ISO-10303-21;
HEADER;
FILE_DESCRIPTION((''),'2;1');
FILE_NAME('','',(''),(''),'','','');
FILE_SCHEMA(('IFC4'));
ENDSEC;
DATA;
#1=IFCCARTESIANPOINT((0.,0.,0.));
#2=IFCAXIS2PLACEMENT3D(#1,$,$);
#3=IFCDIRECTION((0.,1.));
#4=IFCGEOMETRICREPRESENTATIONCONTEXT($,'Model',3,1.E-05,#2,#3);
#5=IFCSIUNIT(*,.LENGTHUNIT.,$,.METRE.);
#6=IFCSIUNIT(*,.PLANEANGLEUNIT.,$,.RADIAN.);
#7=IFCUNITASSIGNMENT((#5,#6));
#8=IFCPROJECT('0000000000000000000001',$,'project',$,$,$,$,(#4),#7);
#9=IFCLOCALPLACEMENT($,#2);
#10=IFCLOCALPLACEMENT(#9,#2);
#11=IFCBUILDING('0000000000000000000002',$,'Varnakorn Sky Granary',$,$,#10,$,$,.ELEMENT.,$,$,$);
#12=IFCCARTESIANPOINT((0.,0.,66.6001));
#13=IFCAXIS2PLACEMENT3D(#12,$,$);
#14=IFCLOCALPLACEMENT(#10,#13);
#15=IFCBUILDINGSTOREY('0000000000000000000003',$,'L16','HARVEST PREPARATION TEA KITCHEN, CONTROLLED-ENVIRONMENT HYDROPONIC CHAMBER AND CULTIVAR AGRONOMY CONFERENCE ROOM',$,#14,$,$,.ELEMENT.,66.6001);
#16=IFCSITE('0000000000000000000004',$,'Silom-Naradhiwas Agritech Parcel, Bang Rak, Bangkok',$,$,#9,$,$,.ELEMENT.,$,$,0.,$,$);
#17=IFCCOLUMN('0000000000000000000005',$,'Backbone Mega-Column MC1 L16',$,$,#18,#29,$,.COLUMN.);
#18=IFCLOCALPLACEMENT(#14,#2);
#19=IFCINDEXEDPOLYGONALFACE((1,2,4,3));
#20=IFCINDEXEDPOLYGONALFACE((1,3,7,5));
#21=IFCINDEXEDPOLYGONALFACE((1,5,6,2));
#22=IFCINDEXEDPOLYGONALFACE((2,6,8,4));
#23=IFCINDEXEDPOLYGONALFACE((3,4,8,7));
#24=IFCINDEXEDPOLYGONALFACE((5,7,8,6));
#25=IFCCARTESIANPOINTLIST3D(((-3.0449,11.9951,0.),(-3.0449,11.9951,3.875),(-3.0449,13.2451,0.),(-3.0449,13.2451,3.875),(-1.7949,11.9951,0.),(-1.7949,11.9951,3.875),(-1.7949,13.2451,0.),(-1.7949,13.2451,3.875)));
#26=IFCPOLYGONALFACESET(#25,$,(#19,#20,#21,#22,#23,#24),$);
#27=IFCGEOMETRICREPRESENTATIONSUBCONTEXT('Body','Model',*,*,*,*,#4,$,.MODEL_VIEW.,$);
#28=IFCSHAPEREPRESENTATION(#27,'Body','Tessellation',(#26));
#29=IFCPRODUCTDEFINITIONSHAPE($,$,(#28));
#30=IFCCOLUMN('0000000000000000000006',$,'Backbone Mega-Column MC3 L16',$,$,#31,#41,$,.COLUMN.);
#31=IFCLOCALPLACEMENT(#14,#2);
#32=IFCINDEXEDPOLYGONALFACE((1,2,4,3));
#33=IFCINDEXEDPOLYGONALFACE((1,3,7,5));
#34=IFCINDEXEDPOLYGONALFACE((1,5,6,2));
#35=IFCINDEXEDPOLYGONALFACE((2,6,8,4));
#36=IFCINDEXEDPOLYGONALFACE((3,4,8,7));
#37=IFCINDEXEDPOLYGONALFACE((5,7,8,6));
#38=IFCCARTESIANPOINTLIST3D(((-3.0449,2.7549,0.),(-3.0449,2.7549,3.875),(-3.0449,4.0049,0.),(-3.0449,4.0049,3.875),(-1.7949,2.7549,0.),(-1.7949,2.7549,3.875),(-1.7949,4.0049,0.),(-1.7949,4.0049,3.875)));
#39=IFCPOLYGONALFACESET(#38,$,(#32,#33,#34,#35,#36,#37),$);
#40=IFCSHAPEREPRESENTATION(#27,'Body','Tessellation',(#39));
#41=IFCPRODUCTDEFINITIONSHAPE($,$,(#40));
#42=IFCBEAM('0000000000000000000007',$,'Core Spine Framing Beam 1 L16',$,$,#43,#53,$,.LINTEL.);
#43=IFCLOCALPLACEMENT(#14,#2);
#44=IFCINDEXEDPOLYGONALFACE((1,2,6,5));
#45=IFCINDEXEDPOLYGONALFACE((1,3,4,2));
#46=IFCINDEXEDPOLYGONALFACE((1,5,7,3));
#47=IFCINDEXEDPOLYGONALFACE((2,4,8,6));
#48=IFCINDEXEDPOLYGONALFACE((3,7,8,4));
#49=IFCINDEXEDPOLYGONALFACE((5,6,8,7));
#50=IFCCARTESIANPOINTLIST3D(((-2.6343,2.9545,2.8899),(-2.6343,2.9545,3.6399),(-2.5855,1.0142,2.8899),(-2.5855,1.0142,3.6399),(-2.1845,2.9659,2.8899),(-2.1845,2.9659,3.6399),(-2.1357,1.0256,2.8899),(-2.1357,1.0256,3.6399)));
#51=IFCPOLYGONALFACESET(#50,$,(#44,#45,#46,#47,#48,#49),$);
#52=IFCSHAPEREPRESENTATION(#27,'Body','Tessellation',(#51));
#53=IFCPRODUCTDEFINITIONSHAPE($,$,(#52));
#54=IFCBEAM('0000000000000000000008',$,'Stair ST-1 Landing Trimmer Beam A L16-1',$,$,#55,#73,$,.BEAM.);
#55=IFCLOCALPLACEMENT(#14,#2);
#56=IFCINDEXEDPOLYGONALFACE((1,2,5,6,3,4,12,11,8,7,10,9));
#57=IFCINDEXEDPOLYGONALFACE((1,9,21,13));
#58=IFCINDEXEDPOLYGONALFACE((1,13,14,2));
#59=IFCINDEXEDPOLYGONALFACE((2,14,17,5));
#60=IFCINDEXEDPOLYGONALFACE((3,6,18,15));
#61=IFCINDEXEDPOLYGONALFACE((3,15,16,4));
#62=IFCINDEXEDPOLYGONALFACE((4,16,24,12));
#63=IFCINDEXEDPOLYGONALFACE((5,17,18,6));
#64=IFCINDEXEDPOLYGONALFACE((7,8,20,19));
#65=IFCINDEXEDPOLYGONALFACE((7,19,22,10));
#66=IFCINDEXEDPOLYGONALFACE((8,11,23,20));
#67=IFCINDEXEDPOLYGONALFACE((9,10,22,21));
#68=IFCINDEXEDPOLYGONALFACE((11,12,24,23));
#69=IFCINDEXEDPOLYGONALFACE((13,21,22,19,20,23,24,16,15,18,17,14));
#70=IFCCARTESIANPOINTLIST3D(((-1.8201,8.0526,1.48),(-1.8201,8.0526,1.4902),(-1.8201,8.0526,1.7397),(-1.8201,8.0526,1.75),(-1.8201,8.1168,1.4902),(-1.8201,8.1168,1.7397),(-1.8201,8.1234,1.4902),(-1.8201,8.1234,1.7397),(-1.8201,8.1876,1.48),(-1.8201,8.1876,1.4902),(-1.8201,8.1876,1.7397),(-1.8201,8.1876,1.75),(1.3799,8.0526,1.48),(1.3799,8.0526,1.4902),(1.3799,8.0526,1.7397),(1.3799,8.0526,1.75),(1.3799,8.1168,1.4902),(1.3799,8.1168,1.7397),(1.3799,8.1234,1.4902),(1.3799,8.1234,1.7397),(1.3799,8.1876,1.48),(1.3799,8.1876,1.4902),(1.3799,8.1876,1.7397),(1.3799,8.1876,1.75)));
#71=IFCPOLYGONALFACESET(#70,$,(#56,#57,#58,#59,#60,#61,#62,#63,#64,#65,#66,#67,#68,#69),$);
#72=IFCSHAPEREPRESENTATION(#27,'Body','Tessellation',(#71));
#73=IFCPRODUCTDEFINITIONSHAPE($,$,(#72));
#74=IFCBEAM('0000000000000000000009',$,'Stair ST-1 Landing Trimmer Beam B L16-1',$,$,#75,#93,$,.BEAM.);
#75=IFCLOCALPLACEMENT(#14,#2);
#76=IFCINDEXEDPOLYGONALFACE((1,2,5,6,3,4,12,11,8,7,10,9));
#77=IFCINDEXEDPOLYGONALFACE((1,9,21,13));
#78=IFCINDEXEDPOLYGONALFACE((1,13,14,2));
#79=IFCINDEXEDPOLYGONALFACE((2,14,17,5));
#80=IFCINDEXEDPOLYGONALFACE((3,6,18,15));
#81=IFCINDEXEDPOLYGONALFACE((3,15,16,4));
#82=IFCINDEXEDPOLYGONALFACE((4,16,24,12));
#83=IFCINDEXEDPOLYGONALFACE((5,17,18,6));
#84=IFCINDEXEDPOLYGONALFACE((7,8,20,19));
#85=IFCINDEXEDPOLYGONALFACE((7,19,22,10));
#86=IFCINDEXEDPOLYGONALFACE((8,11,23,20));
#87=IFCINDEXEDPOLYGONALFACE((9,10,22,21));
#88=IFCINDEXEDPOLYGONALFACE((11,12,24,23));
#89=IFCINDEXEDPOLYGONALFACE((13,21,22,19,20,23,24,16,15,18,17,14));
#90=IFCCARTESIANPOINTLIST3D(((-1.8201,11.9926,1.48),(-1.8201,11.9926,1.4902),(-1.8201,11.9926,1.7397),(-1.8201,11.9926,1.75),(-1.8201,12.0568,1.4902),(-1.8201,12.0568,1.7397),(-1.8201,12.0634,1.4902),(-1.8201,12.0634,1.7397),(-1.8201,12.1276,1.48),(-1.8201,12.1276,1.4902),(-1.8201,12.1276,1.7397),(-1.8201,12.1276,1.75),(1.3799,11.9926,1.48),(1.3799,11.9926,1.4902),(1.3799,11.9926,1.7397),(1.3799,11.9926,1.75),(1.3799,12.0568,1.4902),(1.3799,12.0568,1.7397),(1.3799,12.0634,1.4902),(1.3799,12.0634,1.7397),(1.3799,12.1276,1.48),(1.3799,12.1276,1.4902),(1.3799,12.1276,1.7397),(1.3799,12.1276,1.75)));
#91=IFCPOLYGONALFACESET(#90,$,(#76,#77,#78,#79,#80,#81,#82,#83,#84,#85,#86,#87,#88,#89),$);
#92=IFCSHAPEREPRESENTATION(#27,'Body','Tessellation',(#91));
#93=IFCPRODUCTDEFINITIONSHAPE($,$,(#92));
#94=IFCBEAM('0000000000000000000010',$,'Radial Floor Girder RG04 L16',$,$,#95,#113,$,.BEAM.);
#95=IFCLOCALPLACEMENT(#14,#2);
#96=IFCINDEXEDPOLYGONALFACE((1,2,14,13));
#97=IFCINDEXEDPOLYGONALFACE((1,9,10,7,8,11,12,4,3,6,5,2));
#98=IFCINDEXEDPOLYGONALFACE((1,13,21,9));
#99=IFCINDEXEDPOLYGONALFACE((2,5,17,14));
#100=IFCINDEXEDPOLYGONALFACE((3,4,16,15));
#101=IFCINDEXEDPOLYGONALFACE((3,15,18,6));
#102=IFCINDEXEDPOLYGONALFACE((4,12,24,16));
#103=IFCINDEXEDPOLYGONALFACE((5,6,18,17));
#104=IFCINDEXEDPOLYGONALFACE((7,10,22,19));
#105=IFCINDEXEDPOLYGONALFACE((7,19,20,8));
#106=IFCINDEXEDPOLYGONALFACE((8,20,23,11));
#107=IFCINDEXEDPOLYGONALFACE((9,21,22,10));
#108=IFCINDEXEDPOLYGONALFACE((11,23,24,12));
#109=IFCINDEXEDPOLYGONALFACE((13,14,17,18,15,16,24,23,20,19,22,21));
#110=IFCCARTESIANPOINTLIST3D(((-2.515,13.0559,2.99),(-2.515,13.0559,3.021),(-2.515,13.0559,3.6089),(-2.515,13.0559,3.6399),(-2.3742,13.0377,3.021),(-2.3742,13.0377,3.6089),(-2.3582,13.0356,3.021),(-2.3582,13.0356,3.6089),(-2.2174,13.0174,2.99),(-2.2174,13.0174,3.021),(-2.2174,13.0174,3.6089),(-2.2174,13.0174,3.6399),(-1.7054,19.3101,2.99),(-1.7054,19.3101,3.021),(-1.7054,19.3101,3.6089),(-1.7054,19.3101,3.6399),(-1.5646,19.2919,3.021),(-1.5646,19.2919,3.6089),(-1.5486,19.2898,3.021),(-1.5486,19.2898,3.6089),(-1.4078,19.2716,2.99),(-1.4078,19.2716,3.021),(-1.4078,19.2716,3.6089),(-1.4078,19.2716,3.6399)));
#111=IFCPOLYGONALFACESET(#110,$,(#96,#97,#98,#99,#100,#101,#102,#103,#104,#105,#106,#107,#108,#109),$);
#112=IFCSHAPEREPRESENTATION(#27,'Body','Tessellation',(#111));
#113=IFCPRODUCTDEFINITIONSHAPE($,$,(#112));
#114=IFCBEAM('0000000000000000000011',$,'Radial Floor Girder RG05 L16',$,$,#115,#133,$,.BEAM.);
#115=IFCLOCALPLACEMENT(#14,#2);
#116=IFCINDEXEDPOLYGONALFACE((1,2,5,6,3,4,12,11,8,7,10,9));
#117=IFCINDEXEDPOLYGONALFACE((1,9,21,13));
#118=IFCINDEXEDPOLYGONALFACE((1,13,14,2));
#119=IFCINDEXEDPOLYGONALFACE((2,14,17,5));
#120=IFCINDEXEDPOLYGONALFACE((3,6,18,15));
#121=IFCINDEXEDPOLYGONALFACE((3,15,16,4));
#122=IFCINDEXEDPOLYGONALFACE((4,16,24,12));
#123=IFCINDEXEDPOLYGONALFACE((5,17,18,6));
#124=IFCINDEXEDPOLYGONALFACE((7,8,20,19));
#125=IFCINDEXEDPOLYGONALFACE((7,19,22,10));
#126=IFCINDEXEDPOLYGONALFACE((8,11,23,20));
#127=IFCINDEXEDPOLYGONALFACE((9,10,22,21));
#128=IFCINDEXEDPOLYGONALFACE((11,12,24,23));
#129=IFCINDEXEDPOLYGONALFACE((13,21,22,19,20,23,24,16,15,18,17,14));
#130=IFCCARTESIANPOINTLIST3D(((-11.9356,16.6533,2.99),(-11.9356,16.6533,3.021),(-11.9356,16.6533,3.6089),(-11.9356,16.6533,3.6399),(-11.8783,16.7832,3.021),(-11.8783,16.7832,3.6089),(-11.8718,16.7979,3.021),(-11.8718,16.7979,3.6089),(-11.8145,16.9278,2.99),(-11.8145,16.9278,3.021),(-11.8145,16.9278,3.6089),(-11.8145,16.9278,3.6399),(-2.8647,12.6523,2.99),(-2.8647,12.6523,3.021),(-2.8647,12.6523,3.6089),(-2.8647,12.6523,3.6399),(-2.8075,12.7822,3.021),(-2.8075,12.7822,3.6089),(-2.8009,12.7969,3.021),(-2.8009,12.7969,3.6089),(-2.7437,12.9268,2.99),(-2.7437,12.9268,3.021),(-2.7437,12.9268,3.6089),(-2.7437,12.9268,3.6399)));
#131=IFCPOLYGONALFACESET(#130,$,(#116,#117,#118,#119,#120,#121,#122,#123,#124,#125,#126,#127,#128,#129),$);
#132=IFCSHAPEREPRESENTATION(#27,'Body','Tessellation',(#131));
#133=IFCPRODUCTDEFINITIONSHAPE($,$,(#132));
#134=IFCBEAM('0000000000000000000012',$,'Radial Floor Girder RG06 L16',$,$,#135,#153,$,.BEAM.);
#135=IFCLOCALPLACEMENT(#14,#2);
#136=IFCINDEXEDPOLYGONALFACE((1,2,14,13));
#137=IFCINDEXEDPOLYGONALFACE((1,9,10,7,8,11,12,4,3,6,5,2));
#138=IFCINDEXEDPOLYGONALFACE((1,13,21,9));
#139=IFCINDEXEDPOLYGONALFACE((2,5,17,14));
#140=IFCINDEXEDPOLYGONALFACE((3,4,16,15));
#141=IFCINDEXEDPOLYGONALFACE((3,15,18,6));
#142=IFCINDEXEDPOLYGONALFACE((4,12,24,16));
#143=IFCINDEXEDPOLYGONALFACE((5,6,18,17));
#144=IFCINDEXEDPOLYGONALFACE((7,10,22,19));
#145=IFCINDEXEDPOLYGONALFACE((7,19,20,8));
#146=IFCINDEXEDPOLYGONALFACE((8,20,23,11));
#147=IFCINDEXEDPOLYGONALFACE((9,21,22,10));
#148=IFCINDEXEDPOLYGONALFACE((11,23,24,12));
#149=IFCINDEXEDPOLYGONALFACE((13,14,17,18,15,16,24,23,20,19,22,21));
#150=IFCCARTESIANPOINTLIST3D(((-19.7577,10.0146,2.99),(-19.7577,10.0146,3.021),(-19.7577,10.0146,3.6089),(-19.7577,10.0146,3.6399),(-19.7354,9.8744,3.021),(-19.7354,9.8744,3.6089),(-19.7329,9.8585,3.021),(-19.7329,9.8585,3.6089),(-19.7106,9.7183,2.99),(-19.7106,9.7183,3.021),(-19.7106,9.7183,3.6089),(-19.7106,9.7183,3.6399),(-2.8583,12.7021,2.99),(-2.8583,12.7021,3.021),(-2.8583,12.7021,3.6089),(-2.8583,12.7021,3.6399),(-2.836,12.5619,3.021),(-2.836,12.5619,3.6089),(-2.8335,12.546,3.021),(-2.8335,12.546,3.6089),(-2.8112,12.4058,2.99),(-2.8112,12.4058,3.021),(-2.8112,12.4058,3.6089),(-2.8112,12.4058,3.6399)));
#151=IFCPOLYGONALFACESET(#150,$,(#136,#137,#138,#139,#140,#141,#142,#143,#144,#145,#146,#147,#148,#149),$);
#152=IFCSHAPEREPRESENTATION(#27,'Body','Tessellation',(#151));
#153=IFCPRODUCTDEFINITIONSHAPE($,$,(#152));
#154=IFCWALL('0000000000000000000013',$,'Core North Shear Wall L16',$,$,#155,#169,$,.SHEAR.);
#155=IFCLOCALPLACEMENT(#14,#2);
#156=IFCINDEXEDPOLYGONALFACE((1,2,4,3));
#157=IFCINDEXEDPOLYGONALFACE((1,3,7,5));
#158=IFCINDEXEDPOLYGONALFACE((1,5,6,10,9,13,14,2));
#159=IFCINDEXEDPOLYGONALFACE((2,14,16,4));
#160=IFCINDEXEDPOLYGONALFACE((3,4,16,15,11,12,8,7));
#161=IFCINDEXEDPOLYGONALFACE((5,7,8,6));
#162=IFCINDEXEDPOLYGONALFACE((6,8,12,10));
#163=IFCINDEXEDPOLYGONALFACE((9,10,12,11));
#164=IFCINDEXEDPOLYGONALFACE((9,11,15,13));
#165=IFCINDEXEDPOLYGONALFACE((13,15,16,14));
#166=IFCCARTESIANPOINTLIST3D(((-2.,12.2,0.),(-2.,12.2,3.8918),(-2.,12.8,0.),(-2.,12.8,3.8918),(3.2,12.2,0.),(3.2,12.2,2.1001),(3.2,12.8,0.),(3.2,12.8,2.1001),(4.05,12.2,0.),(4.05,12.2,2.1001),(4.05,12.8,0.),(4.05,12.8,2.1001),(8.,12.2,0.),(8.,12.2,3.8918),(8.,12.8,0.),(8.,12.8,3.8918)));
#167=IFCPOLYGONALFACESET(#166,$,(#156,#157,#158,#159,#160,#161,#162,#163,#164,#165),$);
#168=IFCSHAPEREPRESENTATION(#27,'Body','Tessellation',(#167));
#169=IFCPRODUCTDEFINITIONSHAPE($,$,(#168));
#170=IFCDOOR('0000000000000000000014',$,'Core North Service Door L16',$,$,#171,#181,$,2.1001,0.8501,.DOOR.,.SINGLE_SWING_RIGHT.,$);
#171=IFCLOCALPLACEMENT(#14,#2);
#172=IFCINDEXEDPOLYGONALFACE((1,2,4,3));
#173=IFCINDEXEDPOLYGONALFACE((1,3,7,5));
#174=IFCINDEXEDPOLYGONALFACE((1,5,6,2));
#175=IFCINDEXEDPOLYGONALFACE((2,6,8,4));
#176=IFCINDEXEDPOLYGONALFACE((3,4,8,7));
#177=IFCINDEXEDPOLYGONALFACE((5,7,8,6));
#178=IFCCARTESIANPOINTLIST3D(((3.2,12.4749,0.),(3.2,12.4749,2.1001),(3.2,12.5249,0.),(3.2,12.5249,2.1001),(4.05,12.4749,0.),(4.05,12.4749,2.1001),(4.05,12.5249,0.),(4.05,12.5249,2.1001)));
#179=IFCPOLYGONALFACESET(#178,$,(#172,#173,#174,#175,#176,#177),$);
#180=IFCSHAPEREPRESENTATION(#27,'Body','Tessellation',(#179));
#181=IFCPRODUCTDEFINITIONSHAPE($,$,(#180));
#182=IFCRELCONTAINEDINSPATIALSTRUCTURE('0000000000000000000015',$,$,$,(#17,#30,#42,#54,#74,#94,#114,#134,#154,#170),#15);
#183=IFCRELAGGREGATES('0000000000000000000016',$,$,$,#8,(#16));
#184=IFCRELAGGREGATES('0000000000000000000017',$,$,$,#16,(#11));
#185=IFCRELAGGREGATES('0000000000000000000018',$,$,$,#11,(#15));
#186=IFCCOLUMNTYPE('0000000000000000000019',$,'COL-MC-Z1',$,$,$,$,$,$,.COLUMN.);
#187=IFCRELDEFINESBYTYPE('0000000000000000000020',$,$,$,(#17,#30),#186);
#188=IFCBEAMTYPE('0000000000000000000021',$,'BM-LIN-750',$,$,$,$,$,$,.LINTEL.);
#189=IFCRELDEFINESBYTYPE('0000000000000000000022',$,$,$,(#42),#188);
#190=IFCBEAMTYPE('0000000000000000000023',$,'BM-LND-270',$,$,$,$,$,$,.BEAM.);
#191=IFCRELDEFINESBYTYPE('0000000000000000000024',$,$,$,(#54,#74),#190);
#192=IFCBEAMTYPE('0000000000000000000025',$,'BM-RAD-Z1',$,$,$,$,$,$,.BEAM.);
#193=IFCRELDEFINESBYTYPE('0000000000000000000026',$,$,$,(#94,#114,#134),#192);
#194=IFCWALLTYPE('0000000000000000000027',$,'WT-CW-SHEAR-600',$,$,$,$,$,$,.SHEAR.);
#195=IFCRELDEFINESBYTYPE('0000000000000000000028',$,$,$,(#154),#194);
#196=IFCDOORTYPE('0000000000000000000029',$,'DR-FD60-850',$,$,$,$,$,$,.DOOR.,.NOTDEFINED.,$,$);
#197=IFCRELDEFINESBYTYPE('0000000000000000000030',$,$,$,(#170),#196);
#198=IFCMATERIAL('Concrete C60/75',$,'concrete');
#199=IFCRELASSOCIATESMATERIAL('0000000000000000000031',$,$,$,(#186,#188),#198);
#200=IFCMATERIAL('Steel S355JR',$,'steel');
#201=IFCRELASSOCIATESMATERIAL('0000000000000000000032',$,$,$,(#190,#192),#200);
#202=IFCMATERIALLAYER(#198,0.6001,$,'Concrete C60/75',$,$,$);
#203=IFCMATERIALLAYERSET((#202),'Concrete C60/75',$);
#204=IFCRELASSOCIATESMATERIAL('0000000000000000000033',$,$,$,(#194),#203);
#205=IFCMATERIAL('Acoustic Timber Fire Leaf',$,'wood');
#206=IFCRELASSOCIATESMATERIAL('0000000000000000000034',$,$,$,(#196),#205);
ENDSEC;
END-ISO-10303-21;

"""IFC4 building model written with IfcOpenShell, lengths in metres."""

from ifc_helpers import new_model, si_unit, direction, frame, frame_2d, origin, origin_2d, place, context, subcontext, project, spatial, rectangle, i_section, extrude, material, layer, layer_set, material_profile, profile_set, type_object, element, fill, save


model = new_model("IFC4")

# Units and contexts
model_context = context("Model", 3, precision=1e-05, world=origin(), true_north=direction((0.0, 1.0)))
body_context = subcontext(model_context, "Body", "Model", "MODEL_VIEW")
ifc_project = project(units=[si_unit("LENGTHUNIT", "METRE"), si_unit("PLANEANGLEUNIT", "RADIAN")], contexts=[model_context])

# Site, building, storey
site_placement = place(None, origin())
site = spatial("IfcSite", under=ifc_project, at=site_placement, Name="Silom-Naradhiwas Agritech Parcel, Bang Rak, Bangkok", CompositionType="ELEMENT", RefElevation=0.0)
building_placement = place(site_placement, origin())
building = spatial("IfcBuilding", under=site, at=building_placement, Name="Varnakorn Sky Granary", CompositionType="ELEMENT")
storey_placement = place(building_placement, frame((0.0, 0.0, 66.6001)))
storey = spatial("IfcBuildingStorey", under=building, at=storey_placement, Name="L16", Description="HARVEST PREPARATION TEA KITCHEN, CONTROLLED-ENVIRONMENT HYDROPONIC CHAMBER AND CULTIVAR AGRONOMY CONFERENCE ROOM", CompositionType="ELEMENT", Elevation=66.6001)

# Columns
ifc_material_1 = material(Name="Concrete C60/75", Category="concrete")
ifc_material_profile_1 = material_profile(ifc_material_1, rectangle(XDim=1.25, YDim=1.25, at=origin_2d()), Name="RC 1250x1250")
ifc_profile_set_1 = profile_set([ifc_material_profile_1], Name="Concrete C60/75")
column_type = type_object("IfcColumnType", Name="COL-MC-Z1", PredefinedType="COLUMN", material=ifc_profile_set_1)
for number, where, z_axis, x_axis, name in (
    (1, (-2.4199, 12.6201, 0.0), (0.0, 0.0, 1.0), (1.0, 0.0, 0.0), "Backbone Mega-Column MC1 L16"),
    (2, (-2.4199, 3.3799, 0.0), (0.0, 0.0, 1.0), (1.0, 0.0, 0.0), "Backbone Mega-Column MC3 L16"),
):
    element("IfcColumn", number, at=place(storey_placement, frame(where, z_axis=z_axis, x_axis=x_axis)), inside=storey, type_object=column_type, Name=name, PredefinedType="COLUMN", context=body_context, shape_type="SweptSolid", body=[
        extrude(rectangle(XDim=1.25, YDim=1.25, at=origin_2d()), origin(), (0.0, 0.0, 1.0), 3.875),
    ])

# Beams
ifc_material_profile_2 = material_profile(ifc_material_1, rectangle(XDim=0.45, YDim=0.75, at=origin_2d()), Name="RC 450x750")
ifc_profile_set_2 = profile_set([ifc_material_profile_2], Name="Concrete C60/75")
beam_type_1 = type_object("IfcBeamType", Name="BM-LIN-750", PredefinedType="LINTEL", material=ifc_profile_set_2)
beam_1_placement = place(storey_placement, frame((-2.4094, 2.9602, 3.2649), z_axis=(0.025159, -0.999683, 0.0), x_axis=(0.999683, 0.025159, 0.0)))
element("IfcBeam", 3, at=beam_1_placement, inside=storey, type_object=beam_type_1, Name="Core Spine Framing Beam 1 L16", PredefinedType="LINTEL", context=body_context, shape_type="SweptSolid", body=[
    extrude(rectangle(XDim=0.45, YDim=0.75, at=origin_2d()), origin(), (0.0, 0.0, 1.0), 1.9409),
])
ifc_material_2 = material(Name="Steel S355JR", Category="steel")
ifc_material_profile_3 = material_profile(ifc_material_2, i_section(OverallWidth=0.135, OverallDepth=0.27, WebThickness=0.0066, FlangeThickness=0.0103, at=origin_2d()), Name="IPE 270")
ifc_profile_set_3 = profile_set([ifc_material_profile_3], Name="Steel S355JR")
beam_type_2 = type_object("IfcBeamType", Name="BM-LND-270", PredefinedType="BEAM", material=ifc_profile_set_3)
for number, where, z_axis, x_axis, name in (
    (4, (-1.8201, 8.1201, 1.615), (1.0, 0.0, 0.0), (0.0, 1.0, 0.0), "Stair ST-1 Landing Trimmer Beam A L16-1"),
    (5, (-1.8201, 12.0601, 1.615), (1.0, 0.0, 0.0), (0.0, 1.0, 0.0), "Stair ST-1 Landing Trimmer Beam B L16-1"),
):
    element("IfcBeam", number, at=place(storey_placement, frame(where, z_axis=z_axis, x_axis=x_axis)), inside=storey, type_object=beam_type_2, Name=name, PredefinedType="BEAM", context=body_context, shape_type="SweptSolid", body=[
        extrude(i_section(OverallWidth=0.135, OverallDepth=0.27, WebThickness=0.0066, FlangeThickness=0.0103, at=origin_2d()), origin(), (0.0, 0.0, 1.0), 3.2),
    ])
ifc_material_profile_4 = material_profile(ifc_material_2, i_section(OverallWidth=0.3, OverallDepth=0.6499, WebThickness=0.0161, FlangeThickness=0.031, at=origin_2d()), Name="HE 650 B")
ifc_profile_set_4 = profile_set([ifc_material_profile_4], Name="Steel S355JR")
beam_type_3 = type_object("IfcBeamType", Name="BM-RAD-Z1", PredefinedType="BEAM", material=ifc_profile_set_4)
beam_2_placement = place(storey_placement, frame((-2.3662, 13.0366, 3.3149), z_axis=(0.128374, 0.991726, 0.0), x_axis=(-0.991726, 0.128374, 0.0)))
element("IfcBeam", 6, at=beam_2_placement, inside=storey, type_object=beam_type_3, Name="Radial Floor Girder RG04 L16", PredefinedType="BEAM", context=body_context, shape_type="SweptSolid", body=[
    extrude(i_section(OverallWidth=0.3, OverallDepth=0.6499, WebThickness=0.0161, FlangeThickness=0.031, at=origin_2d()), origin(), (0.0, 0.0, 1.0), 6.3064),
])
beam_3_placement = place(storey_placement, frame((-2.8042, 12.7896, 3.3149), z_axis=(-0.914949, 0.403569, 0.0), x_axis=(-0.403569, -0.914949, 0.0)))
element("IfcBeam", 7, at=beam_3_placement, inside=storey, type_object=beam_type_3, Name="Radial Floor Girder RG05 L16", PredefinedType="BEAM", context=body_context, shape_type="SweptSolid", body=[
    extrude(i_section(OverallWidth=0.3, OverallDepth=0.6499, WebThickness=0.0161, FlangeThickness=0.031, at=origin_2d()), origin(), (0.0, 0.0, 1.0), 9.9141),
])
beam_4_placement = place(storey_placement, frame((-2.8347, 12.554, 3.3149), z_axis=(-0.98759, -0.157056, 0.0), x_axis=(0.157056, -0.98759, 0.0)))
element("IfcBeam", 8, at=beam_4_placement, inside=storey, type_object=beam_type_3, Name="Radial Floor Girder RG06 L16", PredefinedType="BEAM", context=body_context, shape_type="SweptSolid", body=[
    extrude(i_section(OverallWidth=0.3, OverallDepth=0.6499, WebThickness=0.0161, FlangeThickness=0.031, at=origin_2d()), origin(), (0.0, 0.0, 1.0), 17.1118),
])

# Shared definitions
ifc_layer_1 = layer(ifc_material_1, 0.6001, Name="Concrete C60/75")
ifc_layer_set_1 = layer_set([ifc_layer_1], Name="Concrete C60/75")
wall_type_1 = type_object("IfcWallType", Name="WT-CW-SHEAR-600", PredefinedType="SHEAR", material=ifc_layer_set_1)

# Wall, opening, door
wall_1_placement = place(storey_placement, frame((-2.0, 12.5, 0.0), z_axis=(0.0, 0.0, 1.0), x_axis=(1.0, 0.0, 0.0)))
wall_1 = element("IfcWall", 9, at=wall_1_placement, inside=storey, type_object=wall_type_1, Name="Core North Shear Wall L16", PredefinedType="SHEAR", context=body_context, shape_type="SweptSolid", body=[
    extrude(rectangle(XDim=10.0, YDim=0.6001, at=frame_2d((5.0, 0.0))), origin(), (0.0, 0.0, 1.0), 3.8918),
])
opening_1_placement = place(wall_1_placement, frame((5.2, 0.0, 0.0)))
opening_1 = element("IfcOpeningElement", 10, at=opening_1_placement, cuts=wall_1, PredefinedType="OPENING", context=body_context, shape_type="SweptSolid", body=[
    extrude(rectangle(XDim=0.8501, YDim=2.1001, at=frame_2d((0.425, 1.05))), frame((0.0, 0.3101, 0.0), z_axis=(0.0, -1.0, 0.0), x_axis=(1.0, 0.0, 0.0)), (0.0, 0.0, 1.0), 0.6201),
])
ifc_material_3 = material(Name="Acoustic Timber Fire Leaf", Category="wood")
door_type_1 = type_object("IfcDoorType", Name="DR-FD60-850", OperationType="NOTDEFINED", PredefinedType="DOOR", material=ifc_material_3)
door_1_placement = place(opening_1_placement, origin())
door_1 = element("IfcDoor", 11, at=door_1_placement, inside=storey, type_object=door_type_1, Name="Core North Service Door L16", OperationType="SINGLE_SWING_RIGHT", OverallHeight=2.1001, OverallWidth=0.8501, PredefinedType="DOOR", context=body_context, shape_type="SweptSolid", body=[
    extrude(rectangle(XDim=0.8501, YDim=2.1001, at=frame_2d((0.425, 1.05))), frame((0.0, 0.0249, 0.0), z_axis=(0.0, -1.0, 0.0), x_axis=(1.0, 0.0, 0.0)), (0.0, 0.0, 1.0), 0.05),
])
fill(opening_1, door_1)

save(model, "model.ifc")
